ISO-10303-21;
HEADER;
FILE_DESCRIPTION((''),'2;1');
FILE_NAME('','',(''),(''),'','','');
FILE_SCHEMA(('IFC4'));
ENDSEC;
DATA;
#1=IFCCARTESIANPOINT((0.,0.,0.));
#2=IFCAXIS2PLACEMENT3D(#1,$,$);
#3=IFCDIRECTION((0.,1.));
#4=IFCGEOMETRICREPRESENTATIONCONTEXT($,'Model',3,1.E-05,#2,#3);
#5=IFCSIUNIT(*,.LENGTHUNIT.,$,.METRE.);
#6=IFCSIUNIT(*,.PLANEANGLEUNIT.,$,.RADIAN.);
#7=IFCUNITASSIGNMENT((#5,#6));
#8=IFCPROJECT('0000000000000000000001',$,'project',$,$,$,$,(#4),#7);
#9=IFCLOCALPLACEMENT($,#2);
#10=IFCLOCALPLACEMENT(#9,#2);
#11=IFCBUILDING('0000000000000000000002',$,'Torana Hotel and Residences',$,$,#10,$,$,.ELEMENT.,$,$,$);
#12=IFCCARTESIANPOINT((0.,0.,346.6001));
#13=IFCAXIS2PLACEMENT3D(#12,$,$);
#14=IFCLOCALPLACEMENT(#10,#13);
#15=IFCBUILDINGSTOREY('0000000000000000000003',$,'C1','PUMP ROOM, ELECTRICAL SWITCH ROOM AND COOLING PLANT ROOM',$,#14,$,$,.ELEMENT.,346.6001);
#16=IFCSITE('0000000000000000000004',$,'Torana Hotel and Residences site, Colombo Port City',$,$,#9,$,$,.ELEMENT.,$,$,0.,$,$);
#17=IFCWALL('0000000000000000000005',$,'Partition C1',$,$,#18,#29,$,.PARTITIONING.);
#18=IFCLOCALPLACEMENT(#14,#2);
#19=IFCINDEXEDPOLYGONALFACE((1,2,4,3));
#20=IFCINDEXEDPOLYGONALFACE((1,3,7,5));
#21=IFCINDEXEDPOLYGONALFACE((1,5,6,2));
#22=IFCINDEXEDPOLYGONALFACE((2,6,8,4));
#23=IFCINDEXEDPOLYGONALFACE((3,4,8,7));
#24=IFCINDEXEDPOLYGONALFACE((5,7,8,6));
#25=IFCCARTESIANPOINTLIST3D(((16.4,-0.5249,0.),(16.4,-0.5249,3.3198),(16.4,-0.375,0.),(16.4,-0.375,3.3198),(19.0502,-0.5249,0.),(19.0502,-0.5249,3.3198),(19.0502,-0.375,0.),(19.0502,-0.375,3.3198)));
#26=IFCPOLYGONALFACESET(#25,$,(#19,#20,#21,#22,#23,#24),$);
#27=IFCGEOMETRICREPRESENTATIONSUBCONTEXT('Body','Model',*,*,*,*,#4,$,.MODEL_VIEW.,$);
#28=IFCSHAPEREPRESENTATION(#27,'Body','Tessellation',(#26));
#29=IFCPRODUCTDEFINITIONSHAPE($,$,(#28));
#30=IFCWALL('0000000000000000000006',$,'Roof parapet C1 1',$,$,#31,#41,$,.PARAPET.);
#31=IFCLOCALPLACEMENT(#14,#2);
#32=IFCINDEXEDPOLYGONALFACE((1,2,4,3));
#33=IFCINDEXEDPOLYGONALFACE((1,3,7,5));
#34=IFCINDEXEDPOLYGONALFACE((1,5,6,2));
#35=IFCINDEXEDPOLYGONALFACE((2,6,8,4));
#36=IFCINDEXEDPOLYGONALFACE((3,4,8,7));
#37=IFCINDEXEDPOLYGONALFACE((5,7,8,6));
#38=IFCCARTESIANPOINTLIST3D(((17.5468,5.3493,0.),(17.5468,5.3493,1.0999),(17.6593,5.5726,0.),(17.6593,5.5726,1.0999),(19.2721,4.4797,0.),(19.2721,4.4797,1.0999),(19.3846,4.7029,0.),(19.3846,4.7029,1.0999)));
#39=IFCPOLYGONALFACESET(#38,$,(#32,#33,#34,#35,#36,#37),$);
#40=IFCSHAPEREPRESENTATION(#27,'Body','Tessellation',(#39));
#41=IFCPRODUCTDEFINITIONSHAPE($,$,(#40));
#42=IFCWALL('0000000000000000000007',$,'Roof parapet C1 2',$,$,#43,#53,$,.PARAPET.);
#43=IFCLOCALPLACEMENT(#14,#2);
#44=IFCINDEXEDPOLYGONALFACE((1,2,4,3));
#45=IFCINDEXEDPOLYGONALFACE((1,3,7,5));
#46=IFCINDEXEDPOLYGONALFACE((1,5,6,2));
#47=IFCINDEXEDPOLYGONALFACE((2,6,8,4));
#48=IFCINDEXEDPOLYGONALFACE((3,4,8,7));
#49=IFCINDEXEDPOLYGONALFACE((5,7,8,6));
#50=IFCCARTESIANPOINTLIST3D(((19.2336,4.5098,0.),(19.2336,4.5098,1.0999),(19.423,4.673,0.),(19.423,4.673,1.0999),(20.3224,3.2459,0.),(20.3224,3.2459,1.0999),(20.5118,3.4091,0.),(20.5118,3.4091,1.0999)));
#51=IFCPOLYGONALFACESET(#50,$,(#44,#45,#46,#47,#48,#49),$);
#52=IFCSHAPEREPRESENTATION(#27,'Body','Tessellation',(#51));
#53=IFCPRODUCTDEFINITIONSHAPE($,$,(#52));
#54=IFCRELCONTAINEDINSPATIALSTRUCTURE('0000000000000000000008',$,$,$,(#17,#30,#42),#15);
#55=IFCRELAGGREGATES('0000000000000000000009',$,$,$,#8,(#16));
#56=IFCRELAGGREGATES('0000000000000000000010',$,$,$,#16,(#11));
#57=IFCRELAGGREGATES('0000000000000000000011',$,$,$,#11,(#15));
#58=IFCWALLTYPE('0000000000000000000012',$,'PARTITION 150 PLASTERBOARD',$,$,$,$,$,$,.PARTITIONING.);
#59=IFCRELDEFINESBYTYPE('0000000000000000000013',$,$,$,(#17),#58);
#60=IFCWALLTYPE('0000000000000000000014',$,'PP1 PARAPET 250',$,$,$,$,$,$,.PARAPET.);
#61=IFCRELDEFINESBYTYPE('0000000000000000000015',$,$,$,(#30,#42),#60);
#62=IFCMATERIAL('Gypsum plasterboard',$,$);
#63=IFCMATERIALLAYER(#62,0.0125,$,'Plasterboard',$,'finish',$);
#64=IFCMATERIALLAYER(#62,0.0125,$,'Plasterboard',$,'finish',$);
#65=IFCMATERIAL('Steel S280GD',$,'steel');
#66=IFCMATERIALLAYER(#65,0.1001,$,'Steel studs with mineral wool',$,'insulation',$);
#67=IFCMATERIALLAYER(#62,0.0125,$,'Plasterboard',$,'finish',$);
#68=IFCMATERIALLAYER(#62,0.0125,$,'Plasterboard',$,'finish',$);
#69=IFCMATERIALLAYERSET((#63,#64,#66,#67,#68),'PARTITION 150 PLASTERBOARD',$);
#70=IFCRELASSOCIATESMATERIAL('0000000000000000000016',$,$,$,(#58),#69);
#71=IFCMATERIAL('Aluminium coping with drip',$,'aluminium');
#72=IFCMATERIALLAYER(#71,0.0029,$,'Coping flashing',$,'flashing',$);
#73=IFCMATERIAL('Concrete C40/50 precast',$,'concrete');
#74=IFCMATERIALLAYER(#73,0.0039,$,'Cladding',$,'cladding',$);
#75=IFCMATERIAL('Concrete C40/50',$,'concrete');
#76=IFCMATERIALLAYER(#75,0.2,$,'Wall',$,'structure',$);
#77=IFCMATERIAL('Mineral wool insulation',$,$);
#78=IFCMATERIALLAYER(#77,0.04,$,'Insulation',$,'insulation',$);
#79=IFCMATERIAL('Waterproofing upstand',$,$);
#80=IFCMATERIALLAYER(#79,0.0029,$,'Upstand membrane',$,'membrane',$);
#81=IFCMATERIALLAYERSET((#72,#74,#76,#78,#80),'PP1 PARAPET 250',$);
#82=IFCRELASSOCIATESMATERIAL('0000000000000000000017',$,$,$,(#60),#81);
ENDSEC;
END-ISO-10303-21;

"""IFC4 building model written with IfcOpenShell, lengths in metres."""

from ifc_helpers import new_model, si_unit, direction, frame, frame_2d, origin, place, context, subcontext, project, spatial, rectangle, extrude, material, layer, layer_set, type_object, element, save


model = new_model("IFC4")

# Units and contexts
model_context = context("Model", 3, precision=1e-05, world=origin(), true_north=direction((0.0, 1.0)))
body_context = subcontext(model_context, "Body", "Model", "MODEL_VIEW")
ifc_project = project(units=[si_unit("LENGTHUNIT", "METRE"), si_unit("PLANEANGLEUNIT", "RADIAN")], contexts=[model_context])

# Site, building, storey
site_placement = place(None, origin())
site = spatial("IfcSite", under=ifc_project, at=site_placement, Name="Torana Hotel and Residences site, Colombo Port City", CompositionType="ELEMENT", RefElevation=0.0)
building_placement = place(site_placement, origin())
building = spatial("IfcBuilding", under=site, at=building_placement, Name="Torana Hotel and Residences", CompositionType="ELEMENT")
storey_placement = place(building_placement, frame((0.0, 0.0, 346.6001)))
storey = spatial("IfcBuildingStorey", under=building, at=storey_placement, Name="C1", Description="PUMP ROOM, ELECTRICAL SWITCH ROOM AND COOLING PLANT ROOM", CompositionType="ELEMENT", Elevation=346.6001)

# Shared definitions
ifc_material_1 = material(Name="Gypsum plasterboard")
ifc_layer_1 = layer(ifc_material_1, 0.0125, Name="Plasterboard", Category="finish")
ifc_layer_2 = layer(ifc_material_1, 0.0125, Name="Plasterboard", Category="finish")
ifc_material_2 = material(Name="Steel S280GD", Category="steel")
ifc_layer_3 = layer(ifc_material_2, 0.1001, Name="Steel studs with mineral wool", Category="insulation")
ifc_layer_4 = layer(ifc_material_1, 0.0125, Name="Plasterboard", Category="finish")
ifc_layer_5 = layer(ifc_material_1, 0.0125, Name="Plasterboard", Category="finish")
ifc_layer_set_1 = layer_set([ifc_layer_1, ifc_layer_2, ifc_layer_3, ifc_layer_4, ifc_layer_5], Name="PARTITION 150 PLASTERBOARD")
wall_type_1 = type_object("IfcWallType", Name="PARTITION 150 PLASTERBOARD", PredefinedType="PARTITIONING", material=ifc_layer_set_1)

# Walls
for number, where, z_axis, x_axis, name in (
    (1, (16.3999, -0.45, 0.0), (0.0, 0.0, 1.0), (1.0, 0.0, 0.0), "Partition C1"),
):
    element("IfcWall", number, at=place(storey_placement, frame(where, z_axis=z_axis, x_axis=x_axis)), inside=storey, type_object=wall_type_1, Name=name, PredefinedType="PARTITIONING", context=body_context, shape_type="SweptSolid", body=[
        extrude(rectangle(XDim=2.6501, YDim=0.1499, at=frame_2d((1.3252, 0.0))), origin(), (0.0, 0.0, 1.0), 3.3198),
    ])
ifc_material_3 = material(Name="Aluminium coping with drip", Category="aluminium")
ifc_layer_6 = layer(ifc_material_3, 0.0029, Name="Coping flashing", Category="flashing")
ifc_material_4 = material(Name="Concrete C40/50 precast", Category="concrete")
ifc_layer_7 = layer(ifc_material_4, 0.0039, Name="Cladding", Category="cladding")
ifc_material_5 = material(Name="Concrete C40/50", Category="concrete")
ifc_layer_8 = layer(ifc_material_5, 0.2, Name="Wall", Category="structure")
ifc_material_6 = material(Name="Mineral wool insulation")
ifc_layer_9 = layer(ifc_material_6, 0.04, Name="Insulation", Category="insulation")
ifc_material_7 = material(Name="Waterproofing upstand")
ifc_layer_10 = layer(ifc_material_7, 0.0029, Name="Upstand membrane", Category="membrane")
ifc_layer_set_2 = layer_set([ifc_layer_6, ifc_layer_7, ifc_layer_8, ifc_layer_9, ifc_layer_10], Name="PP1 PARAPET 250")
wall_type_2 = type_object("IfcWallType", Name="PP1 PARAPET 250", PredefinedType="PARAPET", material=ifc_layer_set_2)
wall_1_placement = place(storey_placement, frame((17.603, 5.4609, 0.0), z_axis=(0.0, 0.0, 1.0), x_axis=(0.892982, -0.450092, 0.0)))
element("IfcWall", 2, at=wall_1_placement, inside=storey, type_object=wall_type_2, Name="Roof parapet C1 1", PredefinedType="PARAPET", context=body_context, shape_type="SweptSolid", body=[
    extrude(rectangle(XDim=1.9321, YDim=0.25, at=frame_2d((0.9661, 0.0))), origin(), (0.0, 0.0, 1.0), 1.0999),
])
wall_2_placement = place(storey_placement, frame((19.3284, 4.5913, 0.0), z_axis=(0.0, 0.0, 1.0), x_axis=(0.652694, -0.757622, 0.0)))
element("IfcWall", 3, at=wall_2_placement, inside=storey, type_object=wall_type_2, Name="Roof parapet C1 2", PredefinedType="PARAPET", context=body_context, shape_type="SweptSolid", body=[
    extrude(rectangle(XDim=1.6682, YDim=0.25, at=frame_2d((0.834, 0.0))), origin(), (0.0, 0.0, 1.0), 1.0999),
])

save(model, "model.ifc")
